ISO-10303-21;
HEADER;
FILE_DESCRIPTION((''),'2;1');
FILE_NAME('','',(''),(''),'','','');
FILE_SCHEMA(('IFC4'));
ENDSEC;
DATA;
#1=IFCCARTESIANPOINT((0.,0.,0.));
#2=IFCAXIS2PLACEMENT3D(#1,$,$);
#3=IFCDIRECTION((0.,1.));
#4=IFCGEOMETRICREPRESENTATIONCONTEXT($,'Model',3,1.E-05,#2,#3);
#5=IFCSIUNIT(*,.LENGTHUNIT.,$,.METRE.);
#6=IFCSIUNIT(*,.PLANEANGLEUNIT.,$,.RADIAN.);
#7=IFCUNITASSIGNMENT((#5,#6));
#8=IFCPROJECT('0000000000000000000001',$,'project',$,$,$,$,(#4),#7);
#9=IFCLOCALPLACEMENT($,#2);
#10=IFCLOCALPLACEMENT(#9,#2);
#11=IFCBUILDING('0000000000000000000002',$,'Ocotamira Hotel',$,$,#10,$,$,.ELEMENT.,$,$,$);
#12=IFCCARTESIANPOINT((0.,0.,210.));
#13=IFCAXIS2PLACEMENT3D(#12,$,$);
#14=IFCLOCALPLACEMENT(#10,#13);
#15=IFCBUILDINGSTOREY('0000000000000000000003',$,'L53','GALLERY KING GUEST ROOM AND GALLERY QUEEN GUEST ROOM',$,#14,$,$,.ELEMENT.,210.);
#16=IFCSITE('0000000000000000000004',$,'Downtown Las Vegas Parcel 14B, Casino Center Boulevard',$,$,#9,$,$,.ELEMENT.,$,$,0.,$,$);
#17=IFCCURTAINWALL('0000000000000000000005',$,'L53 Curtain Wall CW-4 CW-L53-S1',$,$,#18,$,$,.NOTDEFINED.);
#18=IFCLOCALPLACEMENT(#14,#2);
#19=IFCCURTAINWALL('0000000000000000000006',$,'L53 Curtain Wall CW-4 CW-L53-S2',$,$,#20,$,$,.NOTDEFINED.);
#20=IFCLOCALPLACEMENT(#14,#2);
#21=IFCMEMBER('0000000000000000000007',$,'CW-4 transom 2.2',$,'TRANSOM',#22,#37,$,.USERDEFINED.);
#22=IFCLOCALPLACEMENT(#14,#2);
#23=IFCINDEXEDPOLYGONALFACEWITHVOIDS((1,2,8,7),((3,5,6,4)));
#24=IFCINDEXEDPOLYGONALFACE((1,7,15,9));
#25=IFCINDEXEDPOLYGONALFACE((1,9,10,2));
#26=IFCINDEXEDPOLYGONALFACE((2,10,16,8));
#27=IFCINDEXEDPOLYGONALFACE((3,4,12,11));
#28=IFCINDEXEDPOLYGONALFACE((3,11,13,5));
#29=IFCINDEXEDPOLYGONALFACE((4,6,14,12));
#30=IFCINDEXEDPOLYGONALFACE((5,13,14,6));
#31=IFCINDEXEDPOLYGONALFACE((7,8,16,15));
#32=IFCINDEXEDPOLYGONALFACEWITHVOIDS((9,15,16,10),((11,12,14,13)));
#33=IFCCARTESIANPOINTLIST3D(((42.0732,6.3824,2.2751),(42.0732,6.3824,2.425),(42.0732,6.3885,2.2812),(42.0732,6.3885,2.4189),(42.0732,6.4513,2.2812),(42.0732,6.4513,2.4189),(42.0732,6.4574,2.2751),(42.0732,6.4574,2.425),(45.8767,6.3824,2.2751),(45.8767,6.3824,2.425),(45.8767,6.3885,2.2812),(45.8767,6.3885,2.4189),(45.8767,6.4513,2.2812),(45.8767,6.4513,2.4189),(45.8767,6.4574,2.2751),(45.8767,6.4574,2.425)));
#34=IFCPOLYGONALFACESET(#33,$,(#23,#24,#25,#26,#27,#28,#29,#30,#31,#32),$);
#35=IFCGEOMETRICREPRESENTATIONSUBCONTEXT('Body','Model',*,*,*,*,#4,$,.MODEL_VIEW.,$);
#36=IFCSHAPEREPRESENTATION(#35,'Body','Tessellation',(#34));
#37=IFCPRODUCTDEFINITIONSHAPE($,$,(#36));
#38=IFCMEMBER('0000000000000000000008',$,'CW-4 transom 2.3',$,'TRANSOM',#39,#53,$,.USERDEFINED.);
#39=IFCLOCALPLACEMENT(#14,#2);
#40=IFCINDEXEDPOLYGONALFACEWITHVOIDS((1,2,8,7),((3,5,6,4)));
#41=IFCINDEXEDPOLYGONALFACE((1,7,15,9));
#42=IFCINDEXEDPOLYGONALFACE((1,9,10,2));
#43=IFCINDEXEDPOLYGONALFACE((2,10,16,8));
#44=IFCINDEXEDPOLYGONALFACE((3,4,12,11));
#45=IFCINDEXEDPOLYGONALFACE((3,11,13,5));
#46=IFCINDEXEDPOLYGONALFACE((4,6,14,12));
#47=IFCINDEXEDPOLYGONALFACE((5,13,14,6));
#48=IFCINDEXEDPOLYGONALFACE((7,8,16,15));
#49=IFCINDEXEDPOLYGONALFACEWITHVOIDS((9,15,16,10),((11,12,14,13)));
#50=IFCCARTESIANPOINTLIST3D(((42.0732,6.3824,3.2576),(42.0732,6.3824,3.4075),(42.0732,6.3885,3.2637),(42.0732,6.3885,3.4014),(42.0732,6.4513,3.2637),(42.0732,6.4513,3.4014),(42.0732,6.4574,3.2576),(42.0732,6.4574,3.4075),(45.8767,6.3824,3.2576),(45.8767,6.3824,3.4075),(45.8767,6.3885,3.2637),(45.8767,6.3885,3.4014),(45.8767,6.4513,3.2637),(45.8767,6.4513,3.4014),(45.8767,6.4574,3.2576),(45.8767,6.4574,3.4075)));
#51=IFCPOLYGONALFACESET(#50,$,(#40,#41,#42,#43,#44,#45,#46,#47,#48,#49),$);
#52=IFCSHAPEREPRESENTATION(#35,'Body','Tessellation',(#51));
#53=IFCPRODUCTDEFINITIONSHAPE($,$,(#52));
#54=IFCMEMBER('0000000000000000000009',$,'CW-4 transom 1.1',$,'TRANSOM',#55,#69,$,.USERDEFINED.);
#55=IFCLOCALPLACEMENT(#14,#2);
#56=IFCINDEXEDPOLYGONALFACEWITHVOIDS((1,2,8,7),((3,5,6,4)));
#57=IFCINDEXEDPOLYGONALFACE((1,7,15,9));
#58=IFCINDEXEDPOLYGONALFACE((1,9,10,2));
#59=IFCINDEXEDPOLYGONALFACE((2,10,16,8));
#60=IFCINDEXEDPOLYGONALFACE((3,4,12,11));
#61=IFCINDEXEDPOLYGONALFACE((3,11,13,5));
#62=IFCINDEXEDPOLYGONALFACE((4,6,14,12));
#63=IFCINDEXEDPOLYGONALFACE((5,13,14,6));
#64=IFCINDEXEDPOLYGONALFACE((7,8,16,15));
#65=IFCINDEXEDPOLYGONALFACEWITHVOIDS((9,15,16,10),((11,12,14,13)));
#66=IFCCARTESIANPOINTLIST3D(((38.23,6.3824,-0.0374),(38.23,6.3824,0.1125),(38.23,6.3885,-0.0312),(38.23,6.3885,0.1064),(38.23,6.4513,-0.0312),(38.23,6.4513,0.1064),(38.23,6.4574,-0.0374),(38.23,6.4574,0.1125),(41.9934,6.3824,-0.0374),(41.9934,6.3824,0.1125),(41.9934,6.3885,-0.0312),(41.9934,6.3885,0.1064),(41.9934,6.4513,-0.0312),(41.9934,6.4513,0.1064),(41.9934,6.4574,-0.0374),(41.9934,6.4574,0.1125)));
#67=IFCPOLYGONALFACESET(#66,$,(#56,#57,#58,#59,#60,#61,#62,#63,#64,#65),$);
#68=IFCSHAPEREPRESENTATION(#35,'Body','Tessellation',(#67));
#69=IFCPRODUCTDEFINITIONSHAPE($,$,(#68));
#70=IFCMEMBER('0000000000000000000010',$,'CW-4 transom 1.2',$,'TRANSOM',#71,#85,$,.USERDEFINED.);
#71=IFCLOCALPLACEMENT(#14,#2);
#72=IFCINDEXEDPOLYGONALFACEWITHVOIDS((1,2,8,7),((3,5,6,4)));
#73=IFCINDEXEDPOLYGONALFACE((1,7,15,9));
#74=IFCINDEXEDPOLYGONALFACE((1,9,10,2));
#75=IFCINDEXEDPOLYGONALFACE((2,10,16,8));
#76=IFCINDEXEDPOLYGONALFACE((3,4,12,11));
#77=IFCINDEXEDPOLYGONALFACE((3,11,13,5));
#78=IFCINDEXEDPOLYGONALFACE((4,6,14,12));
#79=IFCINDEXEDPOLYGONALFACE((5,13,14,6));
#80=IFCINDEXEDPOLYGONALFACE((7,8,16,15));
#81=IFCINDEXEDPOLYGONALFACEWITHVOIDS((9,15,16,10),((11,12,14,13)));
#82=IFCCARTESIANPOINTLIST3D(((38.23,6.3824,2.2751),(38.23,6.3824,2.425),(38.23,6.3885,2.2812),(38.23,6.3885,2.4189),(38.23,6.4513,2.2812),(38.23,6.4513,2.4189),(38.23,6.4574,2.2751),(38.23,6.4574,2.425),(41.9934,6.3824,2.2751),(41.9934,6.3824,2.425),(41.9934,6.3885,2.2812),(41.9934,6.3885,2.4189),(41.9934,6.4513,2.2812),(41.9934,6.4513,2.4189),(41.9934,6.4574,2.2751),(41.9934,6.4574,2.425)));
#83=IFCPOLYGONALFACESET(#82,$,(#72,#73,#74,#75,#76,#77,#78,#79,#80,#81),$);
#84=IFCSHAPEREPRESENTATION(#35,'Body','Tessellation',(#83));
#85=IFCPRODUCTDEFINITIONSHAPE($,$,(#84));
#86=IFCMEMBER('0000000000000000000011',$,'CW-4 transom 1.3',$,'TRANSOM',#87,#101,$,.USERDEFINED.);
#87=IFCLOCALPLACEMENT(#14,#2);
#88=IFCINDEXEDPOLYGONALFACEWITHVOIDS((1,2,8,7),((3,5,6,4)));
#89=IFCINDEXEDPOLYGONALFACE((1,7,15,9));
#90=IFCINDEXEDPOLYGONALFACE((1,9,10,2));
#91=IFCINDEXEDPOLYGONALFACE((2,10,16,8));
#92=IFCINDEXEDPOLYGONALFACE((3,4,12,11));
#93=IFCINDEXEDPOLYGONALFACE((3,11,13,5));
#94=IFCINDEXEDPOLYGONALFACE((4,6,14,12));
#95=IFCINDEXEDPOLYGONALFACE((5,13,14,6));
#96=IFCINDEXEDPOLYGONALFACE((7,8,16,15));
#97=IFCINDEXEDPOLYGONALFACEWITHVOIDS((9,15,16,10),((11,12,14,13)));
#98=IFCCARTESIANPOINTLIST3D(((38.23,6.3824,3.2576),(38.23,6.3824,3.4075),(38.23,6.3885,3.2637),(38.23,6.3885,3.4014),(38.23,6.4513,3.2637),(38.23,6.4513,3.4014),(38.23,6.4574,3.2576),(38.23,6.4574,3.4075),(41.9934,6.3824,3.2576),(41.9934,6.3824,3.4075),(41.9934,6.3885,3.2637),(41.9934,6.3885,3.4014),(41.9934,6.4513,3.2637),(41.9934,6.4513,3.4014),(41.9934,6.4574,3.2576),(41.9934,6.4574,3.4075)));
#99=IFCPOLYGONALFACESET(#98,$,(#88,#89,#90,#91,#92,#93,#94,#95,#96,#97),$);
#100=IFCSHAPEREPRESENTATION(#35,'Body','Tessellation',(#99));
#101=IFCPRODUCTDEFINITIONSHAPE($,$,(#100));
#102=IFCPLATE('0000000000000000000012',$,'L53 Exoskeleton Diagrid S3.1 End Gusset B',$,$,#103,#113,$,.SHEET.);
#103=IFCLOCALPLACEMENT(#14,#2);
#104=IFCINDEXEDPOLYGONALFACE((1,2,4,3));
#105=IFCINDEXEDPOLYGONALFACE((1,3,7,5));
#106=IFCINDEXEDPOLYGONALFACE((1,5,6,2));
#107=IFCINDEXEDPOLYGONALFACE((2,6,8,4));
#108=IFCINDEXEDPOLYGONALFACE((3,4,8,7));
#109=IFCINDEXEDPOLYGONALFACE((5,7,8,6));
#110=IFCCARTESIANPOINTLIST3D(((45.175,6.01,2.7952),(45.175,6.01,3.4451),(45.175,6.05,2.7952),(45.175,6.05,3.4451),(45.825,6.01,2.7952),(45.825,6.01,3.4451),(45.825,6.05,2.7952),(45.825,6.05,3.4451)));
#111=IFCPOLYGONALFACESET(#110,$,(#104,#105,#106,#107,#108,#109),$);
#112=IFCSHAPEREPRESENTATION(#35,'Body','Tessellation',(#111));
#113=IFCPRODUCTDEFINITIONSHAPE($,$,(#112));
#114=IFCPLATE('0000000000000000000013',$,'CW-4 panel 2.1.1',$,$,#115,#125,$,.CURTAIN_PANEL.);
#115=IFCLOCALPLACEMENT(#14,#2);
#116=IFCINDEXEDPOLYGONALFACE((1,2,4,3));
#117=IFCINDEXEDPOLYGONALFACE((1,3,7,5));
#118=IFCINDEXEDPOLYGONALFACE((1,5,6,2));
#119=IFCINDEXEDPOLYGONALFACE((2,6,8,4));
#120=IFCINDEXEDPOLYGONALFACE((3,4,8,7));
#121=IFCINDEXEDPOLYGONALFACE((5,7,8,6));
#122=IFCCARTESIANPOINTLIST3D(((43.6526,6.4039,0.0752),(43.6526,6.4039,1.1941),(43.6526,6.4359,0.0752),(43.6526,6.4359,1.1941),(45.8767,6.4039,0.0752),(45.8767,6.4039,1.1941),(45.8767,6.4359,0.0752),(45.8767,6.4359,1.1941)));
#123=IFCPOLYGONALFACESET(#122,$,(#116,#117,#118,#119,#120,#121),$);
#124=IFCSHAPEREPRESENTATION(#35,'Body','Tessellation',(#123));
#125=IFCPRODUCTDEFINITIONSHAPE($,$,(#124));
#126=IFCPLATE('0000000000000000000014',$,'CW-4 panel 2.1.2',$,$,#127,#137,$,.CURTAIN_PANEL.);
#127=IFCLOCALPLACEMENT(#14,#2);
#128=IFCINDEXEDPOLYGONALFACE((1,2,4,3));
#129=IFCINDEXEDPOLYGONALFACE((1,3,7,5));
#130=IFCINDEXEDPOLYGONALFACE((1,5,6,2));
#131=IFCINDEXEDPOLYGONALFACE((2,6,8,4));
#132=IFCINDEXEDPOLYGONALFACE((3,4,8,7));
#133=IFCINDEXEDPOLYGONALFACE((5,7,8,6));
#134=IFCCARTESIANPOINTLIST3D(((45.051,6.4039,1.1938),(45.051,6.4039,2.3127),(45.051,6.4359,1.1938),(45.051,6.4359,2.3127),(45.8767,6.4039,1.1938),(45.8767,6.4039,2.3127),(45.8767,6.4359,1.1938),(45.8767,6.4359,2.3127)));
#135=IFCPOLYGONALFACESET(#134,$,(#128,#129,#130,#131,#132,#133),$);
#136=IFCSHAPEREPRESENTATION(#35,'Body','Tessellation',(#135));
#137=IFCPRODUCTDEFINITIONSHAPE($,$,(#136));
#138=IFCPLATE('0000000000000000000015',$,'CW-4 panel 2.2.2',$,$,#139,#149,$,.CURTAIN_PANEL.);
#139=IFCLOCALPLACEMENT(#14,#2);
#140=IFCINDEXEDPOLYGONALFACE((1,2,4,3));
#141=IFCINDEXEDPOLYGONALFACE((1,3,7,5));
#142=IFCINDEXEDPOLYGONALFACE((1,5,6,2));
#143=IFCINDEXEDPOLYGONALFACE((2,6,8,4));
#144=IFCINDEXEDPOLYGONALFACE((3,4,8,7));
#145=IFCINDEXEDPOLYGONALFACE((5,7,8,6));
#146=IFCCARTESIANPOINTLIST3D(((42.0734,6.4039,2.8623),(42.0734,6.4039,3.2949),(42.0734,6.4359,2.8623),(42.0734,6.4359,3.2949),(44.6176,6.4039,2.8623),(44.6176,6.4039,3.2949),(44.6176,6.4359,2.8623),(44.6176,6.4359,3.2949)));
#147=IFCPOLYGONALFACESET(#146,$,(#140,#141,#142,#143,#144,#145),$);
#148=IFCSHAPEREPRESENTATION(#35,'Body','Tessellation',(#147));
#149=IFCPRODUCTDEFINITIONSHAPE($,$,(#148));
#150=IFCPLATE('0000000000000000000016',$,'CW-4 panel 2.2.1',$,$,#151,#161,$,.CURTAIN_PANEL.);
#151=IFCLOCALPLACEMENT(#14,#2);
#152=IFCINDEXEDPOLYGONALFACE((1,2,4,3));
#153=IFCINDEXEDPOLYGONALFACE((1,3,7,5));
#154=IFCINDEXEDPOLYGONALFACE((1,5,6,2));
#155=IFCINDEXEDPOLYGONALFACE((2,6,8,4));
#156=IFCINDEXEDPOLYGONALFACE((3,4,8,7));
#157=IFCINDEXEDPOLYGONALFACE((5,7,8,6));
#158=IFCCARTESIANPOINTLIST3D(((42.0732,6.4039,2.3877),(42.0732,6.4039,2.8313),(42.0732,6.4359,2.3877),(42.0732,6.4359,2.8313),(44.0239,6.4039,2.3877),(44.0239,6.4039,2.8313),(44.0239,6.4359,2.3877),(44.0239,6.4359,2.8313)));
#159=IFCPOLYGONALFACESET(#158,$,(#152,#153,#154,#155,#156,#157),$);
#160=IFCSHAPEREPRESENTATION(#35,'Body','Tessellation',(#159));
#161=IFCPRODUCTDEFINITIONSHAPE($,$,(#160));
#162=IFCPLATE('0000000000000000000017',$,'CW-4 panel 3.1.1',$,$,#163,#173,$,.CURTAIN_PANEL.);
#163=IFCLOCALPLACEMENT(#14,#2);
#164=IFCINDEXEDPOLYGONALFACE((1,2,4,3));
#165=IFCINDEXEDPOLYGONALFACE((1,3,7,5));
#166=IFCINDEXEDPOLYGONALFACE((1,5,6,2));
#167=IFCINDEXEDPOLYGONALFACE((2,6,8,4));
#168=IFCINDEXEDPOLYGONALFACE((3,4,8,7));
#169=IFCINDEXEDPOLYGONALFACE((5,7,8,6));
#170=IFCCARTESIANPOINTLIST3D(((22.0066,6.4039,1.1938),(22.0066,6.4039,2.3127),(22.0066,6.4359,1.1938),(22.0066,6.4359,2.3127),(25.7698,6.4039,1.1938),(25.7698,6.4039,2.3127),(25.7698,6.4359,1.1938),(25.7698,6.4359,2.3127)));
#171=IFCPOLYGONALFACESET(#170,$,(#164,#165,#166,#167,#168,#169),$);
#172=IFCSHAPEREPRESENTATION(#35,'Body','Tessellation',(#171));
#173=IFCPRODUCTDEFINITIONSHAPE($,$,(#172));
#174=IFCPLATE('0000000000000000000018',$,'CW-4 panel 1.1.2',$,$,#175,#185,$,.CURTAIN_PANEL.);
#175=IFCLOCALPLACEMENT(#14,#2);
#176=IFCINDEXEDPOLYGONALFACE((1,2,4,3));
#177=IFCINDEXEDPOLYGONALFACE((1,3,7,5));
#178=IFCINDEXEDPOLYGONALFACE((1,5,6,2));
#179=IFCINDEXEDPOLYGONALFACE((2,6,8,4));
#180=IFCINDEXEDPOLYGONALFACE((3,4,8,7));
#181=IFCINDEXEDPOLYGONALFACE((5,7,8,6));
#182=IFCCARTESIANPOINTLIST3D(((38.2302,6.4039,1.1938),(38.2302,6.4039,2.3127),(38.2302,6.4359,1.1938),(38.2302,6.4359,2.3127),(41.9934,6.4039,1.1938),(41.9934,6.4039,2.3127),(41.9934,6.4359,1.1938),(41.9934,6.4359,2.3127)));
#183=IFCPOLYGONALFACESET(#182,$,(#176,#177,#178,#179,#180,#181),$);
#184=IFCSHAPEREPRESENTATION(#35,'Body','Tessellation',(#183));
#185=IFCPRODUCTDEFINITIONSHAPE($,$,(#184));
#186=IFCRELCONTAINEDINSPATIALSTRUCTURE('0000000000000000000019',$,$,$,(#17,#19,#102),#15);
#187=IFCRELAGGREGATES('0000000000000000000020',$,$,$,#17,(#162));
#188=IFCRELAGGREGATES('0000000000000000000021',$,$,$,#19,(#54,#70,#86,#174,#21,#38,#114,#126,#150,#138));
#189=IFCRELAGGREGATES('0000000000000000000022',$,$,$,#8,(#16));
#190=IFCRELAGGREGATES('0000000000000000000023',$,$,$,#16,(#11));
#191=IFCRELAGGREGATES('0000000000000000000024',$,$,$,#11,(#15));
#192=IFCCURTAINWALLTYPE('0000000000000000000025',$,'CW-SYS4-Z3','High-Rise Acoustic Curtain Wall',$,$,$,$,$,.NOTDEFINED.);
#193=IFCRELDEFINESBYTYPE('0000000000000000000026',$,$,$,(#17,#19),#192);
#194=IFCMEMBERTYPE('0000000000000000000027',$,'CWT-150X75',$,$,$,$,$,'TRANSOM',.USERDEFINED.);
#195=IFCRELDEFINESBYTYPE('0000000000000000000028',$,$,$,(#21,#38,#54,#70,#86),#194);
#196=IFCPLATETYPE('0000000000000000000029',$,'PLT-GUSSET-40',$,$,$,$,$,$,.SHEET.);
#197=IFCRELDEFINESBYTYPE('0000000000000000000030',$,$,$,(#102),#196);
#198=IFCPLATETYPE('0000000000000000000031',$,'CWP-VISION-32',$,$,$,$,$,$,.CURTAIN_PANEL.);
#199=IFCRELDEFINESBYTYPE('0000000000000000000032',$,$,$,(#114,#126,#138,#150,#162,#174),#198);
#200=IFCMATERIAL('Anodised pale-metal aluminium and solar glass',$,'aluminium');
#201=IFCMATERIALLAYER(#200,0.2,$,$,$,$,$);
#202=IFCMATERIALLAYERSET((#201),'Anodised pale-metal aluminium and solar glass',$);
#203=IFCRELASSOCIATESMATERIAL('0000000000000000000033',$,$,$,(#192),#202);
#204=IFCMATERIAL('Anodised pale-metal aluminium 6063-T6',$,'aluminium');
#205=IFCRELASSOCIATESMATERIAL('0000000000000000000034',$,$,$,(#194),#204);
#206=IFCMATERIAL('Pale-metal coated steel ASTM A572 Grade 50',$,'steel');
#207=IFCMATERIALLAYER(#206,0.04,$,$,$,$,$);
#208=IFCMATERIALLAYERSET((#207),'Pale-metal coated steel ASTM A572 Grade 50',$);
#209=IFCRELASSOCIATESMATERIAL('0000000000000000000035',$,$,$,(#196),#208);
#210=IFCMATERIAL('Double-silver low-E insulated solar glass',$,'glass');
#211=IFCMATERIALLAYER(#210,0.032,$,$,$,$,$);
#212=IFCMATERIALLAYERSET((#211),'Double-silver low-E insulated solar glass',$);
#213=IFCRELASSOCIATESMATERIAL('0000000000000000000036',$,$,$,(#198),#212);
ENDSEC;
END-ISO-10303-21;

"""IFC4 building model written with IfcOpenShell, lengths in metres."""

from ifc_helpers import new_model, si_unit, direction, frame, origin, origin_2d, place, context, subcontext, project, spatial, rectangle, hollow_rectangle, extrude, source, transform, mapped, material, layer, layer_set, material_profile, profile_set, type_object, element, aggregate, save


model = new_model("IFC4")

# Units and contexts
model_context = context("Model", 3, precision=1e-05, world=origin(), true_north=direction((0.0, 1.0)))
body_context = subcontext(model_context, "Body", "Model", "MODEL_VIEW")
ifc_project = project(units=[si_unit("LENGTHUNIT", "METRE"), si_unit("PLANEANGLEUNIT", "RADIAN")], contexts=[model_context])

# Site, building, storey
site_placement = place(None, origin())
site = spatial("IfcSite", under=ifc_project, at=site_placement, Name="Downtown Las Vegas Parcel 14B, Casino Center Boulevard", CompositionType="ELEMENT", RefElevation=0.0)
building_placement = place(site_placement, origin())
building = spatial("IfcBuilding", under=site, at=building_placement, Name="Ocotamira Hotel", CompositionType="ELEMENT")
storey_placement = place(building_placement, frame((0.0, 0.0, 210.0)))
storey = spatial("IfcBuildingStorey", under=building, at=storey_placement, Name="L53", Description="GALLERY KING GUEST ROOM AND GALLERY QUEEN GUEST ROOM", CompositionType="ELEMENT", Elevation=210.0)

# Curtain wall
ifc_material_1 = material(Name="Anodised pale-metal aluminium and solar glass", Category="aluminium")
ifc_layer_1 = layer(ifc_material_1, 0.2)
ifc_layer_set_1 = layer_set([ifc_layer_1], Name="Anodised pale-metal aluminium and solar glass")
curtain_wall_type = type_object("IfcCurtainWallType", Name="CW-SYS4-Z3", Description="High-Rise Acoustic Curtain Wall", PredefinedType="NOTDEFINED", material=ifc_layer_set_1)
curtain_wall_1_placement = place(storey_placement, origin())
curtain_wall_1 = element("IfcCurtainWall", 1, at=curtain_wall_1_placement, inside=storey, type_object=curtain_wall_type, Name="L53 Curtain Wall CW-4 CW-L53-S1", PredefinedType="NOTDEFINED")
ifc_material_2 = material(Name="Anodised pale-metal aluminium 6063-T6", Category="aluminium")

# Curtain wall, members
curtain_wall_2_placement = place(storey_placement, origin())
curtain_wall_2 = element("IfcCurtainWall", 2, at=curtain_wall_2_placement, inside=storey, type_object=curtain_wall_type, Name="L53 Curtain Wall CW-4 CW-L53-S2", PredefinedType="NOTDEFINED")
ifc_material_profile_1 = material_profile(ifc_material_2, hollow_rectangle(XDim=0.075, YDim=0.1499, WallThickness=0.0061, at=origin_2d()), Name="HSS150X75X6")
ifc_profile_set_1 = profile_set([ifc_material_profile_1], Name="Anodised pale-metal aluminium 6063-T6")
member_type_1 = type_object("IfcMemberType", Name="CWT-150X75", ElementType="TRANSOM", PredefinedType="USERDEFINED", material=ifc_profile_set_1)
shared_shape_1 = source(origin(), body_context, "Body", "SweptSolid", [
    extrude(hollow_rectangle(XDim=0.075, YDim=0.1499, WallThickness=0.0061, at=origin_2d()), origin(), (0.0, 0.0, 1.0), 3.8035),
])
member_1_placement = place(storey_placement, frame((42.0732, 6.4199, 2.3501), z_axis=(1.0, 0.0, 0.0), x_axis=(0.0, 1.0, 0.0)))
member_1 = element("IfcMember", 3, at=member_1_placement, type_object=member_type_1, Name="CW-4 transom 2.2", ObjectType="TRANSOM", PredefinedType="USERDEFINED", context=body_context, shape_type="MappedRepresentation", body=[
    mapped(shared_shape_1, transform((0.0, 0.0, 0.0), scale=1.0)),
])
member_2_placement = place(storey_placement, frame((42.0732, 6.4199, 3.3325), z_axis=(1.0, 0.0, 0.0), x_axis=(0.0, 1.0, 0.0)))
member_2 = element("IfcMember", 4, at=member_2_placement, type_object=member_type_1, Name="CW-4 transom 2.3", ObjectType="TRANSOM", PredefinedType="USERDEFINED", context=body_context, shape_type="MappedRepresentation", body=[
    mapped(shared_shape_1, transform((0.0, 0.0, 0.0), scale=1.0)),
])
shared_shape_2 = source(origin(), body_context, "Body", "SweptSolid", [
    extrude(hollow_rectangle(XDim=0.075, YDim=0.1499, WallThickness=0.0061, at=origin_2d()), origin(), (0.0, 0.0, 1.0), 3.7634),
])
member_3_placement = place(storey_placement, frame((38.23, 6.4199, 0.0376), z_axis=(1.0, 0.0, 0.0), x_axis=(0.0, 1.0, 0.0)))
member_3 = element("IfcMember", 5, at=member_3_placement, type_object=member_type_1, Name="CW-4 transom 1.1", ObjectType="TRANSOM", PredefinedType="USERDEFINED", context=body_context, shape_type="MappedRepresentation", body=[
    mapped(shared_shape_2, transform((0.0, 0.0, 0.0), scale=1.0)),
])
member_4_placement = place(storey_placement, frame((38.23, 6.4199, 2.3501), z_axis=(1.0, 0.0, 0.0), x_axis=(0.0, 1.0, 0.0)))
member_4 = element("IfcMember", 6, at=member_4_placement, type_object=member_type_1, Name="CW-4 transom 1.2", ObjectType="TRANSOM", PredefinedType="USERDEFINED", context=body_context, shape_type="MappedRepresentation", body=[
    mapped(shared_shape_2, transform((0.0, 0.0, 0.0), scale=1.0)),
])
member_5_placement = place(storey_placement, frame((38.23, 6.4199, 3.3325), z_axis=(1.0, 0.0, 0.0), x_axis=(0.0, 1.0, 0.0)))
member_5 = element("IfcMember", 7, at=member_5_placement, type_object=member_type_1, Name="CW-4 transom 1.3", ObjectType="TRANSOM", PredefinedType="USERDEFINED", context=body_context, shape_type="MappedRepresentation", body=[
    mapped(shared_shape_2, transform((0.0, 0.0, 0.0), scale=1.0)),
])

# Plates
ifc_material_3 = material(Name="Pale-metal coated steel ASTM A572 Grade 50", Category="steel")
ifc_layer_2 = layer(ifc_material_3, 0.04)
ifc_layer_set_2 = layer_set([ifc_layer_2], Name="Pale-metal coated steel ASTM A572 Grade 50")
plate_type_1 = type_object("IfcPlateType", Name="PLT-GUSSET-40", PredefinedType="SHEET", material=ifc_layer_set_2)
shared_shape_3 = source(origin(), body_context, "Body", "SweptSolid", [
    extrude(rectangle(XDim=0.6499, YDim=0.04, at=origin_2d()), origin(), (0.0, 0.0, 1.0), 0.6499),
])
plate_1_placement = place(storey_placement, frame((45.5, 6.03, 2.7952), z_axis=(0.0, 0.0, 1.0), x_axis=(1.0, 0.0, 0.0)))
element("IfcPlate", 8, at=plate_1_placement, inside=storey, type_object=plate_type_1, Name="L53 Exoskeleton Diagrid S3.1 End Gusset B", PredefinedType="SHEET", context=body_context, shape_type="MappedRepresentation", body=[
    mapped(shared_shape_3, transform((0.0, 0.0, 0.0), scale=1.0)),
])
ifc_material_4 = material(Name="Double-silver low-E insulated solar glass", Category="glass")
ifc_layer_3 = layer(ifc_material_4, 0.032)
ifc_layer_set_3 = layer_set([ifc_layer_3], Name="Double-silver low-E insulated solar glass")
plate_type_2 = type_object("IfcPlateType", Name="CWP-VISION-32", PredefinedType="CURTAIN_PANEL", material=ifc_layer_set_3)
shared_shape_4 = source(origin(), body_context, "Body", "SweptSolid", [
    extrude(rectangle(XDim=2.2241, YDim=0.032, at=origin_2d()), origin(), (0.0, 0.0, 1.0), 1.1189),
])
plate_2_placement = place(storey_placement, frame((44.7646, 6.4199, 0.0752), z_axis=(0.0, 0.0, 1.0), x_axis=(1.0, 0.0, 0.0)))
plate_2 = element("IfcPlate", 9, at=plate_2_placement, type_object=plate_type_2, Name="CW-4 panel 2.1.1", PredefinedType="CURTAIN_PANEL", context=body_context, shape_type="MappedRepresentation", body=[
    mapped(shared_shape_4, transform((0.0, 0.0, 0.0), scale=1.0)),
])
shared_shape_5 = source(origin(), body_context, "Body", "SweptSolid", [
    extrude(rectangle(XDim=0.8257, YDim=0.032, at=origin_2d()), origin(), (0.0, 0.0, 1.0), 1.1189),
])
plate_3_placement = place(storey_placement, frame((45.4639, 6.4199, 1.1938), z_axis=(0.0, 0.0, 1.0), x_axis=(1.0, 0.0, 0.0)))
plate_3 = element("IfcPlate", 10, at=plate_3_placement, type_object=plate_type_2, Name="CW-4 panel 2.1.2", PredefinedType="CURTAIN_PANEL", context=body_context, shape_type="MappedRepresentation", body=[
    mapped(shared_shape_5, transform((0.0, 0.0, 0.0), scale=1.0)),
])
shared_shape_6 = source(origin(), body_context, "Body", "SweptSolid", [
    extrude(rectangle(XDim=2.5442, YDim=0.032, at=origin_2d()), origin(), (0.0, 0.0, 1.0), 0.4326),
])
plate_4_placement = place(storey_placement, frame((43.3455, 6.4199, 2.8623), z_axis=(0.0, 0.0, 1.0), x_axis=(1.0, 0.0, 0.0)))
plate_4 = element("IfcPlate", 11, at=plate_4_placement, type_object=plate_type_2, Name="CW-4 panel 2.2.2", PredefinedType="CURTAIN_PANEL", context=body_context, shape_type="MappedRepresentation", body=[
    mapped(shared_shape_6, transform((0.0, 0.0, 0.0), scale=1.0)),
])
shared_shape_7 = source(origin(), body_context, "Body", "SweptSolid", [
    extrude(rectangle(XDim=1.9507, YDim=0.032, at=origin_2d()), origin(), (0.0, 0.0, 1.0), 0.4436),
])
plate_5_placement = place(storey_placement, frame((43.0486, 6.4199, 2.3877), z_axis=(0.0, 0.0, 1.0), x_axis=(1.0, 0.0, 0.0)))
plate_5 = element("IfcPlate", 12, at=plate_5_placement, type_object=plate_type_2, Name="CW-4 panel 2.2.1", PredefinedType="CURTAIN_PANEL", context=body_context, shape_type="MappedRepresentation", body=[
    mapped(shared_shape_7, transform((0.0, 0.0, 0.0), scale=1.0)),
])
shared_shape_8 = source(origin(), body_context, "Body", "SweptSolid", [
    extrude(rectangle(XDim=3.7632, YDim=0.032, at=origin_2d()), origin(), (0.0, 0.0, 1.0), 1.1189),
])
plate_6_placement = place(storey_placement, frame((23.8882, 6.4199, 1.1938), z_axis=(0.0, 0.0, 1.0), x_axis=(1.0, 0.0, 0.0)))
plate_6 = element("IfcPlate", 13, at=plate_6_placement, type_object=plate_type_2, Name="CW-4 panel 3.1.1", PredefinedType="CURTAIN_PANEL", context=body_context, shape_type="MappedRepresentation", body=[
    mapped(shared_shape_8, transform((0.0, 0.0, 0.0), scale=1.0)),
])
plate_7_placement = place(storey_placement, frame((40.1118, 6.4199, 1.1938), z_axis=(0.0, 0.0, 1.0), x_axis=(1.0, 0.0, 0.0)))
plate_7 = element("IfcPlate", 14, at=plate_7_placement, type_object=plate_type_2, Name="CW-4 panel 1.1.2", PredefinedType="CURTAIN_PANEL", context=body_context, shape_type="MappedRepresentation", body=[
    mapped(shared_shape_8, transform((0.0, 0.0, 0.0), scale=1.0)),
])
aggregate(curtain_wall_1, [plate_6])
aggregate(curtain_wall_2, [member_3, member_4, member_5, plate_7, member_1, member_2, plate_2, plate_3, plate_5, plate_4])

save(model, "model.ifc")
